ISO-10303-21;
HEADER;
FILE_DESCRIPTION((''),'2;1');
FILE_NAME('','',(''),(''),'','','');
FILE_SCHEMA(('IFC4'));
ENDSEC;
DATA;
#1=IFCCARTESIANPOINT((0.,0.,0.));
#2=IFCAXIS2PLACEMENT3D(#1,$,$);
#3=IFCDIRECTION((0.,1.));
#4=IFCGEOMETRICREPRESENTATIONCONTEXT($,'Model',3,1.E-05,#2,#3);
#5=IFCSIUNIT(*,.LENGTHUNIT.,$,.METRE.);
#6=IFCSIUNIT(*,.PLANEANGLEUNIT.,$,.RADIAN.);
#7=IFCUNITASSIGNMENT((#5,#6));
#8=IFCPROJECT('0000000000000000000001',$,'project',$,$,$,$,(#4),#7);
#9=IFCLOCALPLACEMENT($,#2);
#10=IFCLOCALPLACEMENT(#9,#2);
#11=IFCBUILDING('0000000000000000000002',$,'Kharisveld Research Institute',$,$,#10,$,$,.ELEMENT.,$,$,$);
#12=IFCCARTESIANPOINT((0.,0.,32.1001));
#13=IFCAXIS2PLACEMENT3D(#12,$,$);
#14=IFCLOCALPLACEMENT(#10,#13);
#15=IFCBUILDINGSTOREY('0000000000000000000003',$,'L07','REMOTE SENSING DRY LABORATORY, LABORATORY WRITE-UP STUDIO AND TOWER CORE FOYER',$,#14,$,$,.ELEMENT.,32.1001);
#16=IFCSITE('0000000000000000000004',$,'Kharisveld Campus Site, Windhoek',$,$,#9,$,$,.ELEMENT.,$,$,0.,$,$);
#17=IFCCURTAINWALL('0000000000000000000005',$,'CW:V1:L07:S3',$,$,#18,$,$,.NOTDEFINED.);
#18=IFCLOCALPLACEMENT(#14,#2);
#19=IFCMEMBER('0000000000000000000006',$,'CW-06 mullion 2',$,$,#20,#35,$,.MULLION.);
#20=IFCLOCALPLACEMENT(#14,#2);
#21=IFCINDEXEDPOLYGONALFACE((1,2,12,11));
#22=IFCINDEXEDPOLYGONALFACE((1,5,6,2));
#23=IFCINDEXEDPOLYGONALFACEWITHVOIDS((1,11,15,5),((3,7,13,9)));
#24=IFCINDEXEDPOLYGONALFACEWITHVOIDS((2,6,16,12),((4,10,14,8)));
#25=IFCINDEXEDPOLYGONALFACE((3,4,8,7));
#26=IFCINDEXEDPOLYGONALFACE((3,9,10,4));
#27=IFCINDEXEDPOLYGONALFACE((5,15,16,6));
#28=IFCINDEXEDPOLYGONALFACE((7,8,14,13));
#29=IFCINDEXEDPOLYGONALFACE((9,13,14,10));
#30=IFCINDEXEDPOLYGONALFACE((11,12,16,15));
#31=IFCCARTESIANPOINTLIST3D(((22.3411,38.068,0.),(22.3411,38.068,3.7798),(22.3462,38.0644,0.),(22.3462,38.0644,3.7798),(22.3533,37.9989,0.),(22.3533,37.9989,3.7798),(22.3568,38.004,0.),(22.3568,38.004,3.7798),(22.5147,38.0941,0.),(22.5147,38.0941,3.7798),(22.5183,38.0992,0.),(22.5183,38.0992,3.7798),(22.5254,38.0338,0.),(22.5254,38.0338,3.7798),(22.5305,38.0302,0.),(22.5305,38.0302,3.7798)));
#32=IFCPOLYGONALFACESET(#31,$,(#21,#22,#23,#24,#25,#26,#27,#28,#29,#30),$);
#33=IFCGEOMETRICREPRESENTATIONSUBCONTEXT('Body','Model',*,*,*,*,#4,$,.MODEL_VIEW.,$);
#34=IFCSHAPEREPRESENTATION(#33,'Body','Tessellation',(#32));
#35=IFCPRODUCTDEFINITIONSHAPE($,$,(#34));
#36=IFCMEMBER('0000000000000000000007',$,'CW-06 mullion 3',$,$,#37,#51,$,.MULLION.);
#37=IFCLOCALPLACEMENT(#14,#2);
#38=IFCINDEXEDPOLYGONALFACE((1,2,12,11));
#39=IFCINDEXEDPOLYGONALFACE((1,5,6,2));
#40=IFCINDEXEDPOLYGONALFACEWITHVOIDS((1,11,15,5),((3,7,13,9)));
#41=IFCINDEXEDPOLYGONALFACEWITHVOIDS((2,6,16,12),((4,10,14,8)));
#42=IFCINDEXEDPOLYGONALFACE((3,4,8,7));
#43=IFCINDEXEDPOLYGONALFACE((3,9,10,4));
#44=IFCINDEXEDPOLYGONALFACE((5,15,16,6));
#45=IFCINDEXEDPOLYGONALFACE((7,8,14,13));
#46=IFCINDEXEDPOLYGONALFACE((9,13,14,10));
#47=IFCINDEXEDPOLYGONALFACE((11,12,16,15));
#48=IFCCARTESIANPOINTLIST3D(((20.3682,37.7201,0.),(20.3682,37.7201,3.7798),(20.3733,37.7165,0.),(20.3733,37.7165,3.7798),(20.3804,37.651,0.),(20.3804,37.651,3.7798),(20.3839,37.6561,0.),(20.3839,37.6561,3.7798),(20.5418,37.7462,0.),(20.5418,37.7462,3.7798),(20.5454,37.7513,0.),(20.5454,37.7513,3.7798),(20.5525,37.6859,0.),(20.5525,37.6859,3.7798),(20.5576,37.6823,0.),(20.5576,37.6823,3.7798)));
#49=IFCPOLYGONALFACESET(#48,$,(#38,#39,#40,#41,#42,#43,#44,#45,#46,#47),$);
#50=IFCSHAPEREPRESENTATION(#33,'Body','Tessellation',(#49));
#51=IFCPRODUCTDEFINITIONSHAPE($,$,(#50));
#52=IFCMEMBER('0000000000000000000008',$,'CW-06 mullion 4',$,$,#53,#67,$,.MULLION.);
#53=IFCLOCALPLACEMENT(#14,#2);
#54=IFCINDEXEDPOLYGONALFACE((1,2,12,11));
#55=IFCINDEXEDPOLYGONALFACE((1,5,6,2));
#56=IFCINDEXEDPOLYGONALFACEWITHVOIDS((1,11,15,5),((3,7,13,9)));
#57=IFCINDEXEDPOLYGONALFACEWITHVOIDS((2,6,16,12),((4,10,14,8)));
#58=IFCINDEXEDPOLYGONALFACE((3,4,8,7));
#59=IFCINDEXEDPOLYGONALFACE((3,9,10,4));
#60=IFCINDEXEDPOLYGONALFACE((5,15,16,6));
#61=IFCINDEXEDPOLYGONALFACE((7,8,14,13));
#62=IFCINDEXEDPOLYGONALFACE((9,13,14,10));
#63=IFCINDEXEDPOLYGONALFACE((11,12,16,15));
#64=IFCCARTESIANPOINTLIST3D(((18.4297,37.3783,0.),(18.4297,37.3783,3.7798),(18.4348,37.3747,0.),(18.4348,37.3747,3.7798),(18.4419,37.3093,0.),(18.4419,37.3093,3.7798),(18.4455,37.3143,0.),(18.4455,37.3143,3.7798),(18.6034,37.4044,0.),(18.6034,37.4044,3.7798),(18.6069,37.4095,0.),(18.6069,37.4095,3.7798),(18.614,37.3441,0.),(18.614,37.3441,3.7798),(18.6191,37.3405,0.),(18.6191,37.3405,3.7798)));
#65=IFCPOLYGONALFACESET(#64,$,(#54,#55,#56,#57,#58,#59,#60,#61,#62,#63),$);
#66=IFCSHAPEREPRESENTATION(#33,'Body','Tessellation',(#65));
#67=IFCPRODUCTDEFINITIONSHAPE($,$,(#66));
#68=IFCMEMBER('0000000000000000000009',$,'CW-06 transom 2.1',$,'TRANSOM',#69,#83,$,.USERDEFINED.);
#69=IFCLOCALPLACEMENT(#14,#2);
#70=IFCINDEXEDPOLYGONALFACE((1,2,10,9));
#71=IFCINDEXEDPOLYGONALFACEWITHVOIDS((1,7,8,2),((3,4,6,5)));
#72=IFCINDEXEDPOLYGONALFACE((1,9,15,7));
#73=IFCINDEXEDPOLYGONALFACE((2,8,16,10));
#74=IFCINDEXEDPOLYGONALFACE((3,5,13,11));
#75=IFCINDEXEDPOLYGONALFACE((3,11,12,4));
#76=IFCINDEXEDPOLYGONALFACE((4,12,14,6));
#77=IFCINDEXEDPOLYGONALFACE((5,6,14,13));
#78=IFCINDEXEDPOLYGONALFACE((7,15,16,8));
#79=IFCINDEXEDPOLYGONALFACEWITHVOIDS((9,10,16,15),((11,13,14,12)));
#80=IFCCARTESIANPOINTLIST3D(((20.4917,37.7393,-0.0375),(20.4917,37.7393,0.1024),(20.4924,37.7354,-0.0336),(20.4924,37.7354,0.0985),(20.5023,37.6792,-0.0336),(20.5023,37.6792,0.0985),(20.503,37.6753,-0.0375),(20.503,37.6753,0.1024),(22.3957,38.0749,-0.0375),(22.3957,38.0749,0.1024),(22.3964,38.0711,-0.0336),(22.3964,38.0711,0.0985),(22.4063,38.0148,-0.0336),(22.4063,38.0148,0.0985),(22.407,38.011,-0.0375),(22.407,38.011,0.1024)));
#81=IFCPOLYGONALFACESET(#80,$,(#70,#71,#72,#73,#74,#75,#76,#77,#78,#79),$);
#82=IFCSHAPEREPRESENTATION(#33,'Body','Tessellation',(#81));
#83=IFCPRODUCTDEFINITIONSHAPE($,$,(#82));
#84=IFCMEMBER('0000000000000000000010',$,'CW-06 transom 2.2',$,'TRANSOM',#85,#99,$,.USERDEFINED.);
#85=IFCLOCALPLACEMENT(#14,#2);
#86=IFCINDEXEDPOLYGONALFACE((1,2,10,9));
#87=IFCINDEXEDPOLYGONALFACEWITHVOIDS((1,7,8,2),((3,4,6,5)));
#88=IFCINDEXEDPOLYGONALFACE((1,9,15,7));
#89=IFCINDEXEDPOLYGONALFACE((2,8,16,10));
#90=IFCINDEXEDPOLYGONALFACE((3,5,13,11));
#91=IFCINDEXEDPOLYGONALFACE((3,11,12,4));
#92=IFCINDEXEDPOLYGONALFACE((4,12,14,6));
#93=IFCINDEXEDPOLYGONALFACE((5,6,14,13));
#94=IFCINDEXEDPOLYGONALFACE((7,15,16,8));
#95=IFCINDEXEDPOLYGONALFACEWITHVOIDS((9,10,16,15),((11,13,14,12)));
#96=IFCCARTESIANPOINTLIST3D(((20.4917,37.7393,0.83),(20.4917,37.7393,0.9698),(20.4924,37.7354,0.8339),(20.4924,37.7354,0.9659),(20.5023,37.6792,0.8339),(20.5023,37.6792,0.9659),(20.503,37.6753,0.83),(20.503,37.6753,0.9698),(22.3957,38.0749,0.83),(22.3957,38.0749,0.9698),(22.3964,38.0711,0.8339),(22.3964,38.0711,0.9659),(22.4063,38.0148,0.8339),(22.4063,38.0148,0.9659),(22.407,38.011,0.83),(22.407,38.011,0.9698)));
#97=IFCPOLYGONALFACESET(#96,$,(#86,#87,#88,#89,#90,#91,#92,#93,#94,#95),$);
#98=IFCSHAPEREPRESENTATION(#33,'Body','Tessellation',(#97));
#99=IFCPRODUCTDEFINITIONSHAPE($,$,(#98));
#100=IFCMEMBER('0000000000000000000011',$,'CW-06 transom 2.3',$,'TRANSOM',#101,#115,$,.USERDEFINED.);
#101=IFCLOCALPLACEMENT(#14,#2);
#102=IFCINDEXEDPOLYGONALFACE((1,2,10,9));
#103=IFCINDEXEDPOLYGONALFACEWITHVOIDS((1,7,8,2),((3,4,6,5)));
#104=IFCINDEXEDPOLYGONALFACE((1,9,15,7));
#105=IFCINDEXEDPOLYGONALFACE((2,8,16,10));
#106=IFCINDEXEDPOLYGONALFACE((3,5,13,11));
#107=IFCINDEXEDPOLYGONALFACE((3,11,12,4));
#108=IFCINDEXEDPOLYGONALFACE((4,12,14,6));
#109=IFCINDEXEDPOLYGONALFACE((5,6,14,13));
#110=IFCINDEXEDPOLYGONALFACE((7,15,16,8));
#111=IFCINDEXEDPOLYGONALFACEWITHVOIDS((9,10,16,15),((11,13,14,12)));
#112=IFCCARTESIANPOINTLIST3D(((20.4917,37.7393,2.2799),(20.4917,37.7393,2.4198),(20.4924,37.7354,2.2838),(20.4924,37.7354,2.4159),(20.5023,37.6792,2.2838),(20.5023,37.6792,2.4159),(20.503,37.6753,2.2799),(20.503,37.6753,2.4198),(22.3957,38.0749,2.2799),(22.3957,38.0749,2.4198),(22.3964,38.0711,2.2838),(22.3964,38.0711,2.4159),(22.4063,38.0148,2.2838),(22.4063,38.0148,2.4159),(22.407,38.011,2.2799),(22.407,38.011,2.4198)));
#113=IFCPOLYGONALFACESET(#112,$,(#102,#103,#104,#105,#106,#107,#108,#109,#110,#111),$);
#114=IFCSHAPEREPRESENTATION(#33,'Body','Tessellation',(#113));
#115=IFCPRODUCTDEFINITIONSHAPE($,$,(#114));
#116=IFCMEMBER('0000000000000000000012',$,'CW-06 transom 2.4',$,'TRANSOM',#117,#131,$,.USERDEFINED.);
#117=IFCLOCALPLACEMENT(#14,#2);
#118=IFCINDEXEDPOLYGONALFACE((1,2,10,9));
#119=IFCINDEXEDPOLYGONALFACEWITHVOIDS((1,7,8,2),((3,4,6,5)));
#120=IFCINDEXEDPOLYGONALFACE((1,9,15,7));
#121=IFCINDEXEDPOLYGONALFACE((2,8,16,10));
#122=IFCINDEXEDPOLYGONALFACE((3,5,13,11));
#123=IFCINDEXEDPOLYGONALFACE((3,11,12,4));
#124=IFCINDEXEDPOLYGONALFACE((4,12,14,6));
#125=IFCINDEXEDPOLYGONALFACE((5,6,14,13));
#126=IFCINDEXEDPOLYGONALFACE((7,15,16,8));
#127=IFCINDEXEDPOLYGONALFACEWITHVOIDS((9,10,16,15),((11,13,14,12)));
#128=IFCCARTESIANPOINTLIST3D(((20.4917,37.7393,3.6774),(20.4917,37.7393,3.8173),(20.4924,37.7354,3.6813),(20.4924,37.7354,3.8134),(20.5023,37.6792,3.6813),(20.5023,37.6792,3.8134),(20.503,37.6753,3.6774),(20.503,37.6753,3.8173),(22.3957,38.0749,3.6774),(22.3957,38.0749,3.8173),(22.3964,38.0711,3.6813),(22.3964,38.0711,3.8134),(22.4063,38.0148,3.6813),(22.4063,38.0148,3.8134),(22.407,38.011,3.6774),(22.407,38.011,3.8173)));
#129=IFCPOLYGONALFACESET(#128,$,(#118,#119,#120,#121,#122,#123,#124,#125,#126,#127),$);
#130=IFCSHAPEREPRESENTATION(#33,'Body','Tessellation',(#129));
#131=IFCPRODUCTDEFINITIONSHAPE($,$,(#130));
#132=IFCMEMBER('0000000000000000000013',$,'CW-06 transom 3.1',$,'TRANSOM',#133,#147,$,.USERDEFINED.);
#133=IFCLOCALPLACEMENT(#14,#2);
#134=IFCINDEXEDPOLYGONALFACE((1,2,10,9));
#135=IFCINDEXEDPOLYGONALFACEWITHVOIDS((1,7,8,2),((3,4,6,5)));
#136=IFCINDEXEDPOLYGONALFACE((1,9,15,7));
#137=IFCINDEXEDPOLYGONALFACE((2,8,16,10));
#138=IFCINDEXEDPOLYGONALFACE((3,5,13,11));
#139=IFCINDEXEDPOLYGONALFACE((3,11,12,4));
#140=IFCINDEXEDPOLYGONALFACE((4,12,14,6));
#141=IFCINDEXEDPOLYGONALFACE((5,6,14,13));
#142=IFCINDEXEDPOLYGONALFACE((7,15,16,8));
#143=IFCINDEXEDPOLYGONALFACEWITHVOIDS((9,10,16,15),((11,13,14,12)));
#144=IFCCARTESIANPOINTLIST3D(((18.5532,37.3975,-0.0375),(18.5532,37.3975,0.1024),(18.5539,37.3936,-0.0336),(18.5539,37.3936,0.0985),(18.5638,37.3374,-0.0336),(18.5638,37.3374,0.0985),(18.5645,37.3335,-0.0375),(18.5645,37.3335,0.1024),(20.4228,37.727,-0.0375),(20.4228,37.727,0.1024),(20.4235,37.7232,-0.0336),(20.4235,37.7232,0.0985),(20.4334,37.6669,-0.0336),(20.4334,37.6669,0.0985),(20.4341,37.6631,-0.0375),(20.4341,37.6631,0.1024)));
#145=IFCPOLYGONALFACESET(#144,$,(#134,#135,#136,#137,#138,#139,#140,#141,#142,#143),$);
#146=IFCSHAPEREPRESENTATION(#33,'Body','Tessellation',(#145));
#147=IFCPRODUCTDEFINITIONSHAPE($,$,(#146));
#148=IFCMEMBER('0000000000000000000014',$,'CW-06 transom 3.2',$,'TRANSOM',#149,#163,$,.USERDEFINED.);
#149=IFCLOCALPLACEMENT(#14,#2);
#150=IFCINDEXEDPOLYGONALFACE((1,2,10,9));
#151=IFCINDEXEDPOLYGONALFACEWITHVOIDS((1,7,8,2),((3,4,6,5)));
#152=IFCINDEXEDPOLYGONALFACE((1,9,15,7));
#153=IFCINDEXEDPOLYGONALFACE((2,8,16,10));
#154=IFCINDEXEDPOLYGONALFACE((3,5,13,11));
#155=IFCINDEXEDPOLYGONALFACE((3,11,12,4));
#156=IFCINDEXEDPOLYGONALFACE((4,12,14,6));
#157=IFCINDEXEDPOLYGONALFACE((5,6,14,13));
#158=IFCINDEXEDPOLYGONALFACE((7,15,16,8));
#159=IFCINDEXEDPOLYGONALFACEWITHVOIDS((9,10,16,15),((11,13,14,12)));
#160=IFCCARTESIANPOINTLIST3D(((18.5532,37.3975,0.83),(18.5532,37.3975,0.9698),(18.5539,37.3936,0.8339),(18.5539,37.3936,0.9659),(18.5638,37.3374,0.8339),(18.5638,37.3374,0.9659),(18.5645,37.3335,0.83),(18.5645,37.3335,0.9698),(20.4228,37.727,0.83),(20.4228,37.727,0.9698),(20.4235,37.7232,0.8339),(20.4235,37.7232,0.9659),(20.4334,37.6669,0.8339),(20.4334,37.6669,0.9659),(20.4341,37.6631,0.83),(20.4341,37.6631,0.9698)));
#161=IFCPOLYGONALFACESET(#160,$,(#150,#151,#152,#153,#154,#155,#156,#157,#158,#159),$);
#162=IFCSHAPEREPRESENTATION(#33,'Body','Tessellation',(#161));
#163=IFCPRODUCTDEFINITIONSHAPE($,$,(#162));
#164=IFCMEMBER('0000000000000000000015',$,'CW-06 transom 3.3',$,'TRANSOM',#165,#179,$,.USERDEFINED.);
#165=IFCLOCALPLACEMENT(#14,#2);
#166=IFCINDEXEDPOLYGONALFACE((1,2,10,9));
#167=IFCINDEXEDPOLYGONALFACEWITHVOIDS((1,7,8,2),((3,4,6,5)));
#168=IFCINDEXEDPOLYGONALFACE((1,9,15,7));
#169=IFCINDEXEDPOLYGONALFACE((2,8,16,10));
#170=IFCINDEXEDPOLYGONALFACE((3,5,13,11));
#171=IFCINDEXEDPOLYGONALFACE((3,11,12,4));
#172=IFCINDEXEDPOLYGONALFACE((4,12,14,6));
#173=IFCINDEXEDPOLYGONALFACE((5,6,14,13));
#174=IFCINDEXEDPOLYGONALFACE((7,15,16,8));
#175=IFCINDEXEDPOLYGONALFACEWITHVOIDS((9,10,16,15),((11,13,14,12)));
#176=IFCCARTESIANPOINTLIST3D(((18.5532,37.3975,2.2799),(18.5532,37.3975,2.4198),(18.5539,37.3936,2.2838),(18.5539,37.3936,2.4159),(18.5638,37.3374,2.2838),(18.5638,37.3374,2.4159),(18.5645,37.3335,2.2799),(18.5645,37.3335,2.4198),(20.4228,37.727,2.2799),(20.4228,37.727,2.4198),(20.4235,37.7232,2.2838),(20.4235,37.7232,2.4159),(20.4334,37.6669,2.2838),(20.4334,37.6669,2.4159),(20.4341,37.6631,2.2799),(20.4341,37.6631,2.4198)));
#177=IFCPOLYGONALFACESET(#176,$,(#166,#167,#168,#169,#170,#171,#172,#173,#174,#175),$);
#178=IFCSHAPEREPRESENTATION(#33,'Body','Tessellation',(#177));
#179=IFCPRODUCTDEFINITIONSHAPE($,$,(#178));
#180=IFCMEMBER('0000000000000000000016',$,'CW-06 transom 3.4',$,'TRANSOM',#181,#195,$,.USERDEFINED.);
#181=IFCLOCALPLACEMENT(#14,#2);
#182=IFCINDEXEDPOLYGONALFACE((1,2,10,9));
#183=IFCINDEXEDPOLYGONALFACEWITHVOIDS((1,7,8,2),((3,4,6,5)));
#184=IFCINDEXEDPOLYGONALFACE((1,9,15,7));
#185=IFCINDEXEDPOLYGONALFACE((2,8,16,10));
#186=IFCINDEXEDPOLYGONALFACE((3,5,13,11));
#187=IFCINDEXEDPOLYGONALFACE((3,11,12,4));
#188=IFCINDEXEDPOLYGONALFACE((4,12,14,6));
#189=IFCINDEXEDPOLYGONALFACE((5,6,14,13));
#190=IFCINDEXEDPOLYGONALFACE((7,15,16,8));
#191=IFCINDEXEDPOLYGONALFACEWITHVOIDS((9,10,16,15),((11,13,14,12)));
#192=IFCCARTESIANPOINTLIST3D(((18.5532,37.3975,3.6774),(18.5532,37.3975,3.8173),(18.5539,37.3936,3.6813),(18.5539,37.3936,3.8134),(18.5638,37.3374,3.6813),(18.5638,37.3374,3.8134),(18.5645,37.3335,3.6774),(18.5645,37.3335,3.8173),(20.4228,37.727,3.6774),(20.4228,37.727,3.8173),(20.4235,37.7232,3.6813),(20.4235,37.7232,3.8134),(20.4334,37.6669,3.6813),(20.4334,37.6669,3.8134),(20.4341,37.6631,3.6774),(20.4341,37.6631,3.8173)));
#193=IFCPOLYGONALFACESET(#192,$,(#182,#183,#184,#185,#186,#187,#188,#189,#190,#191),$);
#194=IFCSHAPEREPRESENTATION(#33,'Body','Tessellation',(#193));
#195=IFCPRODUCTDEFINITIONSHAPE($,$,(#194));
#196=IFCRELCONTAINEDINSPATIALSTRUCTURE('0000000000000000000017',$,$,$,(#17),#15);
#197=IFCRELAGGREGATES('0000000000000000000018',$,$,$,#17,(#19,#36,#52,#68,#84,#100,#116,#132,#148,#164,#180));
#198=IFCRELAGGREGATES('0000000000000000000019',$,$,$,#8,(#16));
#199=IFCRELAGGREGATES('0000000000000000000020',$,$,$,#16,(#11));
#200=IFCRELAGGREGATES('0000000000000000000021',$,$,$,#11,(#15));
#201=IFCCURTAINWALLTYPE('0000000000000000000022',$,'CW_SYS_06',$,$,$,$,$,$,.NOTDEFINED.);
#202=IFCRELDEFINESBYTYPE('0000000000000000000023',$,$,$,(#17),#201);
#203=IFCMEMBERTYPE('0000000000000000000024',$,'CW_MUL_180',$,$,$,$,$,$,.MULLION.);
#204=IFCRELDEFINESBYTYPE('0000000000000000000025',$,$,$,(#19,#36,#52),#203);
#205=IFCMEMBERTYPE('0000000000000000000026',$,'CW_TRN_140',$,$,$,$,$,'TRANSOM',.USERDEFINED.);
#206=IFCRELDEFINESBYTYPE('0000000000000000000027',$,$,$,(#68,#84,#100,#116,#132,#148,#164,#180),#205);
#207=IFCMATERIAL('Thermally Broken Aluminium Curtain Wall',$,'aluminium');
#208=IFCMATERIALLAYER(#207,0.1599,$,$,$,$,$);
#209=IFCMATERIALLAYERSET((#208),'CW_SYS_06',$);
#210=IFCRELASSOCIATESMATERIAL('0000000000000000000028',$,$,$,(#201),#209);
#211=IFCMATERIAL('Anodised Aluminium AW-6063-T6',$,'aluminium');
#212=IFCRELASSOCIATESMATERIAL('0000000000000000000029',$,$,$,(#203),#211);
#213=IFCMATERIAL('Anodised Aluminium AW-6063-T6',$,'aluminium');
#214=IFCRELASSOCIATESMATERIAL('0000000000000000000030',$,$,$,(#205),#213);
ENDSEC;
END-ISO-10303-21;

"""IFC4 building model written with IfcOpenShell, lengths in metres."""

from ifc_helpers import new_model, si_unit, direction, frame, origin, origin_2d, place, context, subcontext, project, spatial, hollow_rectangle, extrude, material, layer, layer_set, material_profile, profile_set, type_object, element, aggregate, save


model = new_model("IFC4")

# Units and contexts
model_context = context("Model", 3, precision=1e-05, world=origin(), true_north=direction((0.0, 1.0)))
body_context = subcontext(model_context, "Body", "Model", "MODEL_VIEW")
ifc_project = project(units=[si_unit("LENGTHUNIT", "METRE"), si_unit("PLANEANGLEUNIT", "RADIAN")], contexts=[model_context])

# Site, building, storey
site_placement = place(None, origin())
site = spatial("IfcSite", under=ifc_project, at=site_placement, Name="Kharisveld Campus Site, Windhoek", CompositionType="ELEMENT", RefElevation=0.0)
building_placement = place(site_placement, origin())
building = spatial("IfcBuilding", under=site, at=building_placement, Name="Kharisveld Research Institute", CompositionType="ELEMENT")
storey_placement = place(building_placement, frame((0.0, 0.0, 32.1001)))
storey = spatial("IfcBuildingStorey", under=building, at=storey_placement, Name="L07", Description="REMOTE SENSING DRY LABORATORY, LABORATORY WRITE-UP STUDIO AND TOWER CORE FOYER", CompositionType="ELEMENT", Elevation=32.1001)

# Curtain wall, members
ifc_material_1 = material(Name="Thermally Broken Aluminium Curtain Wall", Category="aluminium")
ifc_layer_1 = layer(ifc_material_1, 0.1599)
ifc_layer_set_1 = layer_set([ifc_layer_1], Name="CW_SYS_06")
curtain_wall_type = type_object("IfcCurtainWallType", Name="CW_SYS_06", PredefinedType="NOTDEFINED", material=ifc_layer_set_1)
curtain_wall_placement = place(storey_placement, origin())
curtain_wall = element("IfcCurtainWall", 1, at=curtain_wall_placement, inside=storey, type_object=curtain_wall_type, Name="CW:V1:L07:S3", PredefinedType="NOTDEFINED")
ifc_material_2 = material(Name="Anodised Aluminium AW-6063-T6", Category="aluminium")
ifc_material_profile_1 = material_profile(ifc_material_2, hollow_rectangle(XDim=0.0701, YDim=0.1799, WallThickness=0.0044, at=origin_2d()))
ifc_profile_set_1 = profile_set([ifc_material_profile_1], Name="Anodised Aluminium AW-6063-T6")
member_type_1 = type_object("IfcMemberType", Name="CW_MUL_180", PredefinedType="MULLION", material=ifc_profile_set_1)
member_1_placement = place(storey_placement, frame((22.4358, 38.0491, 0.0), z_axis=(0.0, 0.0, 1.0), x_axis=(0.173648, -0.984808, 0.0)))
member_1 = element("IfcMember", 2, at=member_1_placement, type_object=member_type_1, Name="CW-06 mullion 2", PredefinedType="MULLION", context=body_context, shape_type="SweptSolid", body=[
    extrude(hollow_rectangle(XDim=0.0701, YDim=0.1799, WallThickness=0.0044, at=origin_2d()), origin(), (0.0, 0.0, 1.0), 3.7798),
])
member_2_placement = place(storey_placement, frame((20.4629, 37.7012, 0.0), z_axis=(0.0, 0.0, 1.0), x_axis=(0.173648, -0.984808, 0.0)))
member_2 = element("IfcMember", 3, at=member_2_placement, type_object=member_type_1, Name="CW-06 mullion 3", PredefinedType="MULLION", context=body_context, shape_type="SweptSolid", body=[
    extrude(hollow_rectangle(XDim=0.0701, YDim=0.1799, WallThickness=0.0044, at=origin_2d()), origin(), (0.0, 0.0, 1.0), 3.7798),
])
member_3_placement = place(storey_placement, frame((18.5244, 37.3594, 0.0), z_axis=(0.0, 0.0, 1.0), x_axis=(0.173648, -0.984808, 0.0)))
member_3 = element("IfcMember", 4, at=member_3_placement, type_object=member_type_1, Name="CW-06 mullion 4", PredefinedType="MULLION", context=body_context, shape_type="SweptSolid", body=[
    extrude(hollow_rectangle(XDim=0.0701, YDim=0.1799, WallThickness=0.0044, at=origin_2d()), origin(), (0.0, 0.0, 1.0), 3.7798),
])
ifc_material_3 = material(Name="Anodised Aluminium AW-6063-T6", Category="aluminium")
ifc_material_profile_2 = material_profile(ifc_material_3, hollow_rectangle(XDim=0.0649, YDim=0.1399, WallThickness=0.0039, at=origin_2d()))
ifc_profile_set_2 = profile_set([ifc_material_profile_2], Name="Anodised Aluminium AW-6063-T6")
member_type_2 = type_object("IfcMemberType", Name="CW_TRN_140", ElementType="TRANSOM", PredefinedType="USERDEFINED", material=ifc_profile_set_2)
member_4_placement = place(storey_placement, frame((22.4014, 38.043, 0.0325), z_axis=(-0.984812, -0.173627, 0.0), x_axis=(0.173627, -0.984812, 0.0)))
member_4 = element("IfcMember", 5, at=member_4_placement, type_object=member_type_2, Name="CW-06 transom 2.1", ObjectType="TRANSOM", PredefinedType="USERDEFINED", context=body_context, shape_type="SweptSolid", body=[
    extrude(hollow_rectangle(XDim=0.0649, YDim=0.1399, WallThickness=0.0039, at=origin_2d()), origin(), (0.0, 0.0, 1.0), 1.9333),
])
member_5_placement = place(storey_placement, frame((22.4014, 38.043, 0.8999), z_axis=(-0.984812, -0.173627, 0.0), x_axis=(0.173627, -0.984812, 0.0)))
member_5 = element("IfcMember", 6, at=member_5_placement, type_object=member_type_2, Name="CW-06 transom 2.2", ObjectType="TRANSOM", PredefinedType="USERDEFINED", context=body_context, shape_type="SweptSolid", body=[
    extrude(hollow_rectangle(XDim=0.0649, YDim=0.1399, WallThickness=0.0039, at=origin_2d()), origin(), (0.0, 0.0, 1.0), 1.9333),
])
member_6_placement = place(storey_placement, frame((22.4014, 38.043, 2.3499), z_axis=(-0.984812, -0.173627, 0.0), x_axis=(0.173627, -0.984812, 0.0)))
member_6 = element("IfcMember", 7, at=member_6_placement, type_object=member_type_2, Name="CW-06 transom 2.3", ObjectType="TRANSOM", PredefinedType="USERDEFINED", context=body_context, shape_type="SweptSolid", body=[
    extrude(hollow_rectangle(XDim=0.0649, YDim=0.1399, WallThickness=0.0039, at=origin_2d()), origin(), (0.0, 0.0, 1.0), 1.9333),
])
member_7_placement = place(storey_placement, frame((22.4014, 38.043, 3.7473), z_axis=(-0.984812, -0.173627, 0.0), x_axis=(0.173627, -0.984812, 0.0)))
member_7 = element("IfcMember", 8, at=member_7_placement, type_object=member_type_2, Name="CW-06 transom 2.4", ObjectType="TRANSOM", PredefinedType="USERDEFINED", context=body_context, shape_type="SweptSolid", body=[
    extrude(hollow_rectangle(XDim=0.0649, YDim=0.1399, WallThickness=0.0039, at=origin_2d()), origin(), (0.0, 0.0, 1.0), 1.9333),
])
member_8_placement = place(storey_placement, frame((20.4285, 37.6951, 0.0325), z_axis=(-0.984815, -0.173609, 0.0), x_axis=(0.173609, -0.984815, 0.0)))
member_8 = element("IfcMember", 9, at=member_8_placement, type_object=member_type_2, Name="CW-06 transom 3.1", ObjectType="TRANSOM", PredefinedType="USERDEFINED", context=body_context, shape_type="SweptSolid", body=[
    extrude(hollow_rectangle(XDim=0.0649, YDim=0.1399, WallThickness=0.0039, at=origin_2d()), origin(), (0.0, 0.0, 1.0), 1.8984),
])
member_9_placement = place(storey_placement, frame((20.4285, 37.6951, 0.8999), z_axis=(-0.984815, -0.173609, 0.0), x_axis=(0.173609, -0.984815, 0.0)))
member_9 = element("IfcMember", 10, at=member_9_placement, type_object=member_type_2, Name="CW-06 transom 3.2", ObjectType="TRANSOM", PredefinedType="USERDEFINED", context=body_context, shape_type="SweptSolid", body=[
    extrude(hollow_rectangle(XDim=0.0649, YDim=0.1399, WallThickness=0.0039, at=origin_2d()), origin(), (0.0, 0.0, 1.0), 1.8984),
])
member_10_placement = place(storey_placement, frame((20.4285, 37.6951, 2.3499), z_axis=(-0.984815, -0.173609, 0.0), x_axis=(0.173609, -0.984815, 0.0)))
member_10 = element("IfcMember", 11, at=member_10_placement, type_object=member_type_2, Name="CW-06 transom 3.3", ObjectType="TRANSOM", PredefinedType="USERDEFINED", context=body_context, shape_type="SweptSolid", body=[
    extrude(hollow_rectangle(XDim=0.0649, YDim=0.1399, WallThickness=0.0039, at=origin_2d()), origin(), (0.0, 0.0, 1.0), 1.8984),
])
member_11_placement = place(storey_placement, frame((20.4285, 37.6951, 3.7473), z_axis=(-0.984815, -0.173609, 0.0), x_axis=(0.173609, -0.984815, 0.0)))
member_11 = element("IfcMember", 12, at=member_11_placement, type_object=member_type_2, Name="CW-06 transom 3.4", ObjectType="TRANSOM", PredefinedType="USERDEFINED", context=body_context, shape_type="SweptSolid", body=[
    extrude(hollow_rectangle(XDim=0.0649, YDim=0.1399, WallThickness=0.0039, at=origin_2d()), origin(), (0.0, 0.0, 1.0), 1.8984),
])

aggregate(curtain_wall, [member_1, member_2, member_3, member_4, member_5, member_6, member_7, member_8, member_9, member_10, member_11])

save(model, "model.ifc")
